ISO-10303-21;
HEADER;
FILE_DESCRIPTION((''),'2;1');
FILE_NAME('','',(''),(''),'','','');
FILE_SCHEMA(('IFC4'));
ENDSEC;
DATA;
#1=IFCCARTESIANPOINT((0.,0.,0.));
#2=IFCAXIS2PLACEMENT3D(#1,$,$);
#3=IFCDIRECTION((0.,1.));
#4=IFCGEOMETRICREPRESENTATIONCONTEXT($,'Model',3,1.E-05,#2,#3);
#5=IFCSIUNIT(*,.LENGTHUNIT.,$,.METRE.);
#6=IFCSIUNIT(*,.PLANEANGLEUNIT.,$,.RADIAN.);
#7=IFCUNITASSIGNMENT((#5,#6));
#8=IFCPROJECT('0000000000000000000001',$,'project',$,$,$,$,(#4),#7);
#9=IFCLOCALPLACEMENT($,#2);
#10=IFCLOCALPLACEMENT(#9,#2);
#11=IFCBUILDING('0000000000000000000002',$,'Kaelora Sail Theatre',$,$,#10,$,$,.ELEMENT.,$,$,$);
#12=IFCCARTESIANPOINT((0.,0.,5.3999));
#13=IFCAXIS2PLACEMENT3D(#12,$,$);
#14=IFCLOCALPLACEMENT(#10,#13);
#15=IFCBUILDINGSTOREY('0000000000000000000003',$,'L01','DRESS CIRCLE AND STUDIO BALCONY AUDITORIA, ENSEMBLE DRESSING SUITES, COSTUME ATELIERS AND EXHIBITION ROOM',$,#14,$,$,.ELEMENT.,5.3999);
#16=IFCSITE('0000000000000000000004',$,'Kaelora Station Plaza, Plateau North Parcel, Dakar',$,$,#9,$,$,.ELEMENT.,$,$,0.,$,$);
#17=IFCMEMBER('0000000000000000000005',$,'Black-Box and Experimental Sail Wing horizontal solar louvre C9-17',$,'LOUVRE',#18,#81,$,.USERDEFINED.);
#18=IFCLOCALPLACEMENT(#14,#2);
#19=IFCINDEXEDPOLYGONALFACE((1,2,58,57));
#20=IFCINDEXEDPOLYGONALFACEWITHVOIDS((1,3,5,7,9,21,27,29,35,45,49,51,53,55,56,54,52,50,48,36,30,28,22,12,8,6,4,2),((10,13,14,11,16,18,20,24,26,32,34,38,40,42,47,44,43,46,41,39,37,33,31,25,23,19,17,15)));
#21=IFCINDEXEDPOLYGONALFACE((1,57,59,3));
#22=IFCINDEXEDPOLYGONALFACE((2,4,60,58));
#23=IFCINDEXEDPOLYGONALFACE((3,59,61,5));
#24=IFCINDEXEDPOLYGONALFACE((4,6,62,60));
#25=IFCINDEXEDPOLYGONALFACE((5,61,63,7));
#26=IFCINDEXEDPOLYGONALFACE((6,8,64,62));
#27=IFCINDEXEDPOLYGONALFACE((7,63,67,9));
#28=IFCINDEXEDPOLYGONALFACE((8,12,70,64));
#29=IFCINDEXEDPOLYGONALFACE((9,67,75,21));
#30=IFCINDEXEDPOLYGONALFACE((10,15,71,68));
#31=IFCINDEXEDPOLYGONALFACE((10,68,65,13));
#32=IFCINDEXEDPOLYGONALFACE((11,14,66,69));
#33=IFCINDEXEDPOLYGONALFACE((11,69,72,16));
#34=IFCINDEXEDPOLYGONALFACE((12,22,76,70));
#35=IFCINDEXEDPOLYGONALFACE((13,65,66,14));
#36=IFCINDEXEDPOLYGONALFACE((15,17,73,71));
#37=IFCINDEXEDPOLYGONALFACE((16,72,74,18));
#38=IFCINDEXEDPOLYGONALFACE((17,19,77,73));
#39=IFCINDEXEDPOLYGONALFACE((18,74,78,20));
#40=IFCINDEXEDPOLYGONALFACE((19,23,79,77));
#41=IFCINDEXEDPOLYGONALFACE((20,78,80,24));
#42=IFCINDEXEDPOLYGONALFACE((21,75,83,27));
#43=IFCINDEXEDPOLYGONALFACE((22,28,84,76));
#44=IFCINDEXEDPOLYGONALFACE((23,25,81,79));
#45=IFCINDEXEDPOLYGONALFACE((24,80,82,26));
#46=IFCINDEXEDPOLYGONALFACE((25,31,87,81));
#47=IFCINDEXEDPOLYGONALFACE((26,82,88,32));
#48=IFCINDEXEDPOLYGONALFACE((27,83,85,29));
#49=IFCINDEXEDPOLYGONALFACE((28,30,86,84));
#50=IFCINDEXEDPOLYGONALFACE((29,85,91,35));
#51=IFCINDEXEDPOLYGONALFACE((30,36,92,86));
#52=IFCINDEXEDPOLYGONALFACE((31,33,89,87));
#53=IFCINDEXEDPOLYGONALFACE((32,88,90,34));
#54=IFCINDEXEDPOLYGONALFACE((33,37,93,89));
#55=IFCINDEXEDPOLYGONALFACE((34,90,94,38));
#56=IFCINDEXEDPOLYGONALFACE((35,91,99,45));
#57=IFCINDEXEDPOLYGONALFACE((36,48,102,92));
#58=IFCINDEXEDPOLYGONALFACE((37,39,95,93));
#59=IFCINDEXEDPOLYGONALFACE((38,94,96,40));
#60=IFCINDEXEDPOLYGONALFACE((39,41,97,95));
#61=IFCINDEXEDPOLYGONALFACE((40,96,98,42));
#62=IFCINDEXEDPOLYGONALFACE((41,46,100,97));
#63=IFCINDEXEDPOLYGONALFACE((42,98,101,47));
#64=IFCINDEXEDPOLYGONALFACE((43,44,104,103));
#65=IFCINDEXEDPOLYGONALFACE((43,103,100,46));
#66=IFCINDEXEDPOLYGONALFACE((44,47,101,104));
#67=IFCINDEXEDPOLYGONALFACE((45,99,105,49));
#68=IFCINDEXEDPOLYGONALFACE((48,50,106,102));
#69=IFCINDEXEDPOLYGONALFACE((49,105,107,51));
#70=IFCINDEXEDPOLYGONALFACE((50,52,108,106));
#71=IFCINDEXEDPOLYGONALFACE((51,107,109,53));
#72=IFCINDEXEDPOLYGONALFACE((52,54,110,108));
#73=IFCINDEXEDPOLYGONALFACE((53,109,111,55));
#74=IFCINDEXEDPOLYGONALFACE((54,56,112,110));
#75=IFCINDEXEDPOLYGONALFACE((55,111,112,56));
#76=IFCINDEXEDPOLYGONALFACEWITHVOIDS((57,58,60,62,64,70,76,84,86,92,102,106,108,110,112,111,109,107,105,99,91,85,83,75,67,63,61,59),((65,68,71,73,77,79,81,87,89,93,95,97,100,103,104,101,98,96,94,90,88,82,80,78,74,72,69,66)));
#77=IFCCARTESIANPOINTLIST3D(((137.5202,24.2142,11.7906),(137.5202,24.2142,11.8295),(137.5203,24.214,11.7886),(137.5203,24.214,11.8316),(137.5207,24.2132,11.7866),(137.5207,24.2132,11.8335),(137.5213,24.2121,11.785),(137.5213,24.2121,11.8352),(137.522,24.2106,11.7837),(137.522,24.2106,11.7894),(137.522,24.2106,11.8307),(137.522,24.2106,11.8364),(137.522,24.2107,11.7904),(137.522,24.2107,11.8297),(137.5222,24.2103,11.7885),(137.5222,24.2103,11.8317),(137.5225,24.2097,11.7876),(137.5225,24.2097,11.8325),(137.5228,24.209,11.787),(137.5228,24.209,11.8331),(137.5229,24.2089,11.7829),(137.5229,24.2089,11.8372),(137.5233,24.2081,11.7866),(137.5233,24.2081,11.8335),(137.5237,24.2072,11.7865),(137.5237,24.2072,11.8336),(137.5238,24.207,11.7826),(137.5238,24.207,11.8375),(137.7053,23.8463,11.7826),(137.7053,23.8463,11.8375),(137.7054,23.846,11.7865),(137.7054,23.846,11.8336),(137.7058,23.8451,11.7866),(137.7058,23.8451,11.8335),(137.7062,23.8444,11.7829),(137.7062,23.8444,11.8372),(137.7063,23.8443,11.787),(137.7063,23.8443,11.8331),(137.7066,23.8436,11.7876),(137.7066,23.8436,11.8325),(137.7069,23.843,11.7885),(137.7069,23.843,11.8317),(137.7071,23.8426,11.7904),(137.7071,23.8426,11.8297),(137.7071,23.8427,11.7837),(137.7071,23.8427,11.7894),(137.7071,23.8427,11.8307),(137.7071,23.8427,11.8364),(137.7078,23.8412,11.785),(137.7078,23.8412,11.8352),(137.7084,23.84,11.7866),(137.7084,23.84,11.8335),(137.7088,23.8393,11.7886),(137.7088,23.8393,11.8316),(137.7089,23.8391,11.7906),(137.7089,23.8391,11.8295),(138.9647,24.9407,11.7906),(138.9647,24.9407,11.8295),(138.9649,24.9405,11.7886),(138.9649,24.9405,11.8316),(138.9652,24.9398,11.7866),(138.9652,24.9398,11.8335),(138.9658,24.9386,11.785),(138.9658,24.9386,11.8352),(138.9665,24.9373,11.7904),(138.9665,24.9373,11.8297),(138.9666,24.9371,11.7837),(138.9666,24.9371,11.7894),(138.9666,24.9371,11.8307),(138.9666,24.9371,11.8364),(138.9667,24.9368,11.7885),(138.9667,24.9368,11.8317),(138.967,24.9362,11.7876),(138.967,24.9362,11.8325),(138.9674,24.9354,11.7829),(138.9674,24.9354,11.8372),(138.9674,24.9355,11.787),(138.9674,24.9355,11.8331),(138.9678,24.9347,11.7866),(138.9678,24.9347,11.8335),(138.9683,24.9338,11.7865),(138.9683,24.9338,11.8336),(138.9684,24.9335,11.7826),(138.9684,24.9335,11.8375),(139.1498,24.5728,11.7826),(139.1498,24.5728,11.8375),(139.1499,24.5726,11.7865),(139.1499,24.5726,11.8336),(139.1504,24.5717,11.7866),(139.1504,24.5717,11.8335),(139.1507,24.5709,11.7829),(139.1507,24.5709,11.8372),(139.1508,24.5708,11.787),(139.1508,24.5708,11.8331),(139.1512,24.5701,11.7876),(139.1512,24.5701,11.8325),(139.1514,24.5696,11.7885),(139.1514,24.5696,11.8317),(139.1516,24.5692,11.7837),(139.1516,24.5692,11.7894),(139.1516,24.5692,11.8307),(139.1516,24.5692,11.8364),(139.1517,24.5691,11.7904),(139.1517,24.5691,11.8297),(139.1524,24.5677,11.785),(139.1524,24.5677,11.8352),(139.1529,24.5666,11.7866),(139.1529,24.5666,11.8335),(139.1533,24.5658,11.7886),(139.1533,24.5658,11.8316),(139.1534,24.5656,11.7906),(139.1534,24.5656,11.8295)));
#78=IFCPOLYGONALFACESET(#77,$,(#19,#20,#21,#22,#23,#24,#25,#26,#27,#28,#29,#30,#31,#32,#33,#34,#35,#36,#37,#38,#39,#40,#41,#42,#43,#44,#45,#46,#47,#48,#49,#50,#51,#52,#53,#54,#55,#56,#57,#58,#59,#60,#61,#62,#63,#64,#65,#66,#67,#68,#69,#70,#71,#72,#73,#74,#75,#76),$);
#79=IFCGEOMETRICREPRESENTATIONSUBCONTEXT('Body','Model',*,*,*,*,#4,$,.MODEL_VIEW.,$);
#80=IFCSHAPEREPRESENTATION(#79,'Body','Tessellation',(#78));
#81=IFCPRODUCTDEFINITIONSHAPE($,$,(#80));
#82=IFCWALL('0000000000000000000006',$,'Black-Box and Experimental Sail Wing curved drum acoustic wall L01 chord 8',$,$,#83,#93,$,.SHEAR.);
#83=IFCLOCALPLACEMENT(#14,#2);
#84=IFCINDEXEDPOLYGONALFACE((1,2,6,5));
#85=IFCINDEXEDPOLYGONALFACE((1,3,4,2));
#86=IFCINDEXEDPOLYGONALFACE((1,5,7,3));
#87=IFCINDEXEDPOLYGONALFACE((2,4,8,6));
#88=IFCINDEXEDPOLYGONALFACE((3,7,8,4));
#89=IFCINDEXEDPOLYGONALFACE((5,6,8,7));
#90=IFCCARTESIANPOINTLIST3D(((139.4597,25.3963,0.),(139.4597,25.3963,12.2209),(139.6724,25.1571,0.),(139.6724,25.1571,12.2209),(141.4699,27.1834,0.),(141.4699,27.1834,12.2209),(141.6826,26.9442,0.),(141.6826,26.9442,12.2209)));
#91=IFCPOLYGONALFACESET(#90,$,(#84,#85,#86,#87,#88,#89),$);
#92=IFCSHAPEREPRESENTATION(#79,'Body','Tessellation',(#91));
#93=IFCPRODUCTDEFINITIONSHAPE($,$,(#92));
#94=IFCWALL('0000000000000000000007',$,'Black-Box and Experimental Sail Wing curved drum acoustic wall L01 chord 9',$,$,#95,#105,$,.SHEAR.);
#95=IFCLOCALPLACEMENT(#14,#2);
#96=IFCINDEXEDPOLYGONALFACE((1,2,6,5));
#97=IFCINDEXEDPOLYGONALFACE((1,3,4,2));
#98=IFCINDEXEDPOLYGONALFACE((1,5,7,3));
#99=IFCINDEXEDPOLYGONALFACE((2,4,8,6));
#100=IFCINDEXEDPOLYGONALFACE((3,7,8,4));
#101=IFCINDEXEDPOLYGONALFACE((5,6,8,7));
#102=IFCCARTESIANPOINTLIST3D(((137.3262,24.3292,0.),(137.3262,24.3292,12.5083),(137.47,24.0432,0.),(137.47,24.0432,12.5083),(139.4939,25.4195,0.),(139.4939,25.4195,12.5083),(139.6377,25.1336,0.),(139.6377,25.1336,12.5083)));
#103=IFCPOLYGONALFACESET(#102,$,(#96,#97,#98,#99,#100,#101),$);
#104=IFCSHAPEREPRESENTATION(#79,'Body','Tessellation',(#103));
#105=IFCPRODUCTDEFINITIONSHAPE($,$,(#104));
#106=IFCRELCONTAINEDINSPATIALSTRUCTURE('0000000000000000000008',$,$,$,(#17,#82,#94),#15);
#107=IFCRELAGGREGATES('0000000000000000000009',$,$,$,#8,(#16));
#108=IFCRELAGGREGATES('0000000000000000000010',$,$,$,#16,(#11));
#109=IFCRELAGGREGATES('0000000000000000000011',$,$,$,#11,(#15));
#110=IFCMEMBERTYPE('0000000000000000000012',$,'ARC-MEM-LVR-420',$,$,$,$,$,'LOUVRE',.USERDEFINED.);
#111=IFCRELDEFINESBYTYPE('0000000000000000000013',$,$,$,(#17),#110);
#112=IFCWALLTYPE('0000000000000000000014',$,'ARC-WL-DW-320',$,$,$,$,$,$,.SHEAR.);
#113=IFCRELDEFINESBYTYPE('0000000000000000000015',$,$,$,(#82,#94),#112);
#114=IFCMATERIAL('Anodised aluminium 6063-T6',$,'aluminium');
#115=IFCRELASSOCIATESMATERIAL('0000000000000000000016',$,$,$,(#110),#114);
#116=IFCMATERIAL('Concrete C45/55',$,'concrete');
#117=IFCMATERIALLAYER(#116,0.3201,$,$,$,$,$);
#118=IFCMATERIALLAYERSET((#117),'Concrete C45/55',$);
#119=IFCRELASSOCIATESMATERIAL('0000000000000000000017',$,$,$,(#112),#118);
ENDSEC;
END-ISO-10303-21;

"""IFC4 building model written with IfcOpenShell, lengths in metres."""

from ifc_helpers import new_model, si_unit, direction, frame, frame_2d, origin, origin_2d, place, context, subcontext, project, spatial, rectangle, hollow_rectangle, extrude, material, layer, layer_set, material_profile, profile_set, type_object, element, save


model = new_model("IFC4")

# Units and contexts
model_context = context("Model", 3, precision=1e-05, world=origin(), true_north=direction((0.0, 1.0)))
body_context = subcontext(model_context, "Body", "Model", "MODEL_VIEW")
ifc_project = project(units=[si_unit("LENGTHUNIT", "METRE"), si_unit("PLANEANGLEUNIT", "RADIAN")], contexts=[model_context])

# Site, building, storey
site_placement = place(None, origin())
site = spatial("IfcSite", under=ifc_project, at=site_placement, Name="Kaelora Station Plaza, Plateau North Parcel, Dakar", CompositionType="ELEMENT", RefElevation=0.0)
building_placement = place(site_placement, origin())
building = spatial("IfcBuilding", under=site, at=building_placement, Name="Kaelora Sail Theatre", CompositionType="ELEMENT")
storey_placement = place(building_placement, frame((0.0, 0.0, 5.3999)))
storey = spatial("IfcBuildingStorey", under=building, at=storey_placement, Name="L01", Description="DRESS CIRCLE AND STUDIO BALCONY AUDITORIA, ENSEMBLE DRESSING SUITES, COSTUME ATELIERS AND EXHIBITION ROOM", CompositionType="ELEMENT", Elevation=5.3999)

# Member
ifc_material_1 = material(Name="Anodised aluminium 6063-T6", Category="aluminium")
ifc_material_profile_1 = material_profile(ifc_material_1, hollow_rectangle(XDim=0.4199, YDim=0.0549, WallThickness=0.0039, InnerFilletRadius=0.0039, OuterFilletRadius=0.0081, at=origin_2d()), Name="LOUVRE 420x55x4")
ifc_profile_set_1 = profile_set([ifc_material_profile_1], Name="Anodised aluminium 6063-T6")
member_type = type_object("IfcMemberType", Name="ARC-MEM-LVR-420", ElementType="LOUVRE", PredefinedType="USERDEFINED", material=ifc_profile_set_1)
for number, where, z_axis, x_axis, name in (
    (1, (139.0591, 24.7532, 11.8101), (-0.893368, -0.449326, 0.0), (0.449326, -0.893368, 0.0), "Black-Box and Experimental Sail Wing horizontal solar louvre C9-17"),
):
    element("IfcMember", number, at=place(storey_placement, frame(where, z_axis=z_axis, x_axis=x_axis)), inside=storey, type_object=member_type, Name=name, ObjectType="LOUVRE", PredefinedType="USERDEFINED", context=body_context, shape_type="SweptSolid", body=[
        extrude(hollow_rectangle(XDim=0.4199, YDim=0.0549, WallThickness=0.0039, InnerFilletRadius=0.0039, OuterFilletRadius=0.0081, at=origin_2d()), origin(), (0.0, 0.0, 1.0), 1.6169),
    ])

# Walls
ifc_material_2 = material(Name="Concrete C45/55", Category="concrete")
ifc_layer = layer(ifc_material_2, 0.3201)
ifc_layer_set = layer_set([ifc_layer], Name="Concrete C45/55")
wall_type = type_object("IfcWallType", Name="ARC-WL-DW-320", PredefinedType="SHEAR", material=ifc_layer_set)
wall_1_placement = place(storey_placement, frame((141.5762, 27.0637, 0.0), z_axis=(0.0, 0.0, 1.0), x_axis=(-0.747369, -0.664409, 0.0)))
element("IfcWall", 2, at=wall_1_placement, inside=storey, type_object=wall_type, Name="Black-Box and Experimental Sail Wing curved drum acoustic wall L01 chord 8", PredefinedType="SHEAR", context=body_context, shape_type="SweptSolid", body=[
    extrude(rectangle(XDim=2.6897, YDim=0.3201, at=frame_2d((1.3447, 0.0))), origin(), (0.0, 0.0, 1.0), 12.2209),
])
wall_2_placement = place(storey_placement, frame((139.5659, 25.2766, 0.0), z_axis=(0.0, 0.0, 1.0), x_axis=(-0.893358, -0.449345, 0.0)))
element("IfcWall", 3, at=wall_2_placement, inside=storey, type_object=wall_type, Name="Black-Box and Experimental Sail Wing curved drum acoustic wall L01 chord 9", PredefinedType="SHEAR", context=body_context, shape_type="SweptSolid", body=[
    extrude(rectangle(XDim=2.4265, YDim=0.3201, at=frame_2d((1.2134, 0.0))), origin(), (0.0, 0.0, 1.0), 12.5083),
])

save(model, "model.ifc")
